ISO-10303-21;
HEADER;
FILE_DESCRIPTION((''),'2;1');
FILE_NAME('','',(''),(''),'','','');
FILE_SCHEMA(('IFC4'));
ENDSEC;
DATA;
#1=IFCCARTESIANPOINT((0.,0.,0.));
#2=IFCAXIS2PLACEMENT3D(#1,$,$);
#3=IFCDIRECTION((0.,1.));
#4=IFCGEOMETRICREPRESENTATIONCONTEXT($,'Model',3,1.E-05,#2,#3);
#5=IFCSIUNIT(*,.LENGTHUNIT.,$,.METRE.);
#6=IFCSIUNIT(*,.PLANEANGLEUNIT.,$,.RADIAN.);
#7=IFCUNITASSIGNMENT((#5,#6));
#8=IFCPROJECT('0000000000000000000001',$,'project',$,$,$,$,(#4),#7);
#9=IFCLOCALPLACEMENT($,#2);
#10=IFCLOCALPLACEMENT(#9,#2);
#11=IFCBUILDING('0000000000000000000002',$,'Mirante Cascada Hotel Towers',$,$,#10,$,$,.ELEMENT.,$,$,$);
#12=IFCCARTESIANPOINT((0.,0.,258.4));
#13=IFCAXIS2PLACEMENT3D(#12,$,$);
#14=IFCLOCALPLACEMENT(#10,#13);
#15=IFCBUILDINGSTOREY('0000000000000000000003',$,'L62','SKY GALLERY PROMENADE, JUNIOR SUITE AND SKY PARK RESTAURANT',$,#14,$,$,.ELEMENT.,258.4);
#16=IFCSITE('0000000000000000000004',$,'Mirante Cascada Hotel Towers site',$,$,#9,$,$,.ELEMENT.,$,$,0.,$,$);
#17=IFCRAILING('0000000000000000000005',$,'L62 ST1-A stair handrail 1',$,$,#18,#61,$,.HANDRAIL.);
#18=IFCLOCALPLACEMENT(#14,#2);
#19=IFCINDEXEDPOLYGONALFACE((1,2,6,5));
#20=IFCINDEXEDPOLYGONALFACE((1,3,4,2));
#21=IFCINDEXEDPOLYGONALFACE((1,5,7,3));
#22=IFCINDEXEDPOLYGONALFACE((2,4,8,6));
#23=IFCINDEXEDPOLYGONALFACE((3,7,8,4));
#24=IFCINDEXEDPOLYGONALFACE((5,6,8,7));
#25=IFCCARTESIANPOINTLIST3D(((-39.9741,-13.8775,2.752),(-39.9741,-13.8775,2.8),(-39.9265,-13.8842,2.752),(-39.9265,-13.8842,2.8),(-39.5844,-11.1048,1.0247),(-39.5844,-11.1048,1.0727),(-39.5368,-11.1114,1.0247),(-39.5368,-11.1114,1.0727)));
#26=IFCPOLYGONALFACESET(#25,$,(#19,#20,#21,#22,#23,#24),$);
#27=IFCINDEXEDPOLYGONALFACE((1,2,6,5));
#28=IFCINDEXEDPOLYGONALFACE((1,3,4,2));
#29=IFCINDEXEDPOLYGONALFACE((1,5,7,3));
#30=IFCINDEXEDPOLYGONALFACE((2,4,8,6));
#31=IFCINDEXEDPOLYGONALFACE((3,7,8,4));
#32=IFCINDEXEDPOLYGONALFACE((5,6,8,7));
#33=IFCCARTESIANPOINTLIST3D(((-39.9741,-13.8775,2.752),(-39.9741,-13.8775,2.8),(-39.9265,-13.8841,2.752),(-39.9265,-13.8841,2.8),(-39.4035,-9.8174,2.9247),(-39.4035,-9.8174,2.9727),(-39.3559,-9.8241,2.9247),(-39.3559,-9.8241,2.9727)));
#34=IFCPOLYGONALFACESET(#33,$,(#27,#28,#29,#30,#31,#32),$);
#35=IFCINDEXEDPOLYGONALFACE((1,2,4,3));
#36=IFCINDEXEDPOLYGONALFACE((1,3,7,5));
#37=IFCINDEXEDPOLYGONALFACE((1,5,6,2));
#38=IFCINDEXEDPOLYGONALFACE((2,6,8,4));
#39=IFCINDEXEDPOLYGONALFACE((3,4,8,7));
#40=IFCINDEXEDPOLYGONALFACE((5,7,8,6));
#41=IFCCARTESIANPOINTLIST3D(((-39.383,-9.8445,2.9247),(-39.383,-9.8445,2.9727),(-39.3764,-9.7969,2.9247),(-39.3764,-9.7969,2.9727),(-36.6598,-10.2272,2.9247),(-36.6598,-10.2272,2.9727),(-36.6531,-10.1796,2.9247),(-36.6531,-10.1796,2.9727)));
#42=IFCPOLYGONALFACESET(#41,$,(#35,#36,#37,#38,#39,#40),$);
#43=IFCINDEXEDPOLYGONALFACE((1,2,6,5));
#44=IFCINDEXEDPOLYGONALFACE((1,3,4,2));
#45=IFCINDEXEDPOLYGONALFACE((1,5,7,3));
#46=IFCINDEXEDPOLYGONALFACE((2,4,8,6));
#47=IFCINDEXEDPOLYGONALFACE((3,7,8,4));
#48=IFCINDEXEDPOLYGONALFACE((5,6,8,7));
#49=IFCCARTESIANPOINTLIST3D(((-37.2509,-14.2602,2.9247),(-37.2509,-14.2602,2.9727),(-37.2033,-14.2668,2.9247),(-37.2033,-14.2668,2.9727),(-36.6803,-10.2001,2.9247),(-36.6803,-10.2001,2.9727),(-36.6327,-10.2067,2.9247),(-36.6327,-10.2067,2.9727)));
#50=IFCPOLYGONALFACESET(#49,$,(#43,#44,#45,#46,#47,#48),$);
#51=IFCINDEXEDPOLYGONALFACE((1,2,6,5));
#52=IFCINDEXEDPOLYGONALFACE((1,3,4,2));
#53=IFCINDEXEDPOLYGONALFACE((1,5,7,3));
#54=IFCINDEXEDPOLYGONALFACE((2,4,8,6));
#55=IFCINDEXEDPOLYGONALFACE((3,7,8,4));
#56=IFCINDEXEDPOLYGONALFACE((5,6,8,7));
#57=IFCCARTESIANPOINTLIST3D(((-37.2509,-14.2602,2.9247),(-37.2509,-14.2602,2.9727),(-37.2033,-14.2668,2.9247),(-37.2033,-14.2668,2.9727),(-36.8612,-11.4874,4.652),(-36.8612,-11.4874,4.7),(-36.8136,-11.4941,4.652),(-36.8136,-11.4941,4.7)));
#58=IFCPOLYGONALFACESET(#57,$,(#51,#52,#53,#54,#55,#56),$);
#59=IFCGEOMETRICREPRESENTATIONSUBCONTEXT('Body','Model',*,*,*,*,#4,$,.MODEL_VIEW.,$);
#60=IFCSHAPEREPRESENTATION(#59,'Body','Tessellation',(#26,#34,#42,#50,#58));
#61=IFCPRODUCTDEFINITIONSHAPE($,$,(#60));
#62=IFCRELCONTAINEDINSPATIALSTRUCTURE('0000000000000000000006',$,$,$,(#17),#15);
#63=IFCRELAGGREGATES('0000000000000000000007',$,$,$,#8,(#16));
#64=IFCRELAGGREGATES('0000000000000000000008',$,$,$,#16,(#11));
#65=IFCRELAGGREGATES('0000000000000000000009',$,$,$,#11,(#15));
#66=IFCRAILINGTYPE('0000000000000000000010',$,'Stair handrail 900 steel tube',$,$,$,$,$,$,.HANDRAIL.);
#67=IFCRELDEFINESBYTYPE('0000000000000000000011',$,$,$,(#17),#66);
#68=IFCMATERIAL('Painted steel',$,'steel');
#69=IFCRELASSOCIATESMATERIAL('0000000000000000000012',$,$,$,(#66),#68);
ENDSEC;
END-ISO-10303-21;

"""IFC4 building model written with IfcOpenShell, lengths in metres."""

from ifc_helpers import new_model, si_unit, direction, frame, origin, origin_2d, place, context, subcontext, project, spatial, rectangle, extrude, material, type_object, element, save


model = new_model("IFC4")

# Units and contexts
model_context = context("Model", 3, precision=1e-05, world=origin(), true_north=direction((0.0, 1.0)))
body_context = subcontext(model_context, "Body", "Model", "MODEL_VIEW")
ifc_project = project(units=[si_unit("LENGTHUNIT", "METRE"), si_unit("PLANEANGLEUNIT", "RADIAN")], contexts=[model_context])

# Site, building, storey
site_placement = place(None, origin())
site = spatial("IfcSite", under=ifc_project, at=site_placement, Name="Mirante Cascada Hotel Towers site", CompositionType="ELEMENT", RefElevation=0.0)
building_placement = place(site_placement, origin())
building = spatial("IfcBuilding", under=site, at=building_placement, Name="Mirante Cascada Hotel Towers", CompositionType="ELEMENT")
storey_placement = place(building_placement, frame((0.0, 0.0, 258.4)))
storey = spatial("IfcBuildingStorey", under=building, at=storey_placement, Name="L62", Description="SKY GALLERY PROMENADE, JUNIOR SUITE AND SKY PARK RESTAURANT", CompositionType="ELEMENT", Elevation=258.4)

# Railing
ifc_material_1 = material(Name="Painted steel", Category="steel")
railing_type_1 = type_object("IfcRailingType", Name="Stair handrail 900 steel tube", PredefinedType="HANDRAIL", material=ifc_material_1)
railing_1_placement = place(storey_placement, frame((-39.5606, -11.1081, 0.1727)))
element("IfcRailing", 1, at=railing_1_placement, inside=storey, type_object=railing_type_1, Name="L62 ST1-A stair handrail 1", PredefinedType="HANDRAIL", context=body_context, shape_type="SweptSolid", body=[
    extrude(rectangle(XDim=0.048, YDim=0.048, at=origin_2d()), frame((0.0, 0.0, 0.876), z_axis=(-0.139181, -0.990267, 0.0), x_axis=(0.990267, -0.139181, 0.0)), (0.0, 0.525035, 0.851081), 3.2899),
    extrude(rectangle(XDim=0.048, YDim=0.048, at=origin_2d()), frame((-0.3897, -2.7727, 2.6033), z_axis=(0.139171, 0.990268, 0.0), x_axis=(-0.990268, 0.139171, 0.0)), (0.0, 0.042085, 0.999114), 4.1036),
    extrude(rectangle(XDim=0.048, YDim=0.048, at=origin_2d()), frame((0.1809, 1.2874, 2.776), z_axis=(0.990269, -0.139166, 0.0), x_axis=(0.139166, 0.990269, 0.0)), (0.0, 0.0, 1.0), 2.75),
    extrude(rectangle(XDim=0.048, YDim=0.048, at=origin_2d()), frame((2.9041, 0.9047, 2.776), z_axis=(-0.139171, -0.990268, 0.0), x_axis=(0.990268, -0.139171, 0.0)), (0.0, 0.0, 1.0), 4.1),
    extrude(rectangle(XDim=0.048, YDim=0.048, at=origin_2d()), frame((2.3335, -3.1554, 2.776), z_axis=(0.139181, 0.990267, 0.0), x_axis=(-0.990267, 0.139181, 0.0)), (0.0, 0.525035, 0.851081), 3.2899),
])

save(model, "model.ifc")
